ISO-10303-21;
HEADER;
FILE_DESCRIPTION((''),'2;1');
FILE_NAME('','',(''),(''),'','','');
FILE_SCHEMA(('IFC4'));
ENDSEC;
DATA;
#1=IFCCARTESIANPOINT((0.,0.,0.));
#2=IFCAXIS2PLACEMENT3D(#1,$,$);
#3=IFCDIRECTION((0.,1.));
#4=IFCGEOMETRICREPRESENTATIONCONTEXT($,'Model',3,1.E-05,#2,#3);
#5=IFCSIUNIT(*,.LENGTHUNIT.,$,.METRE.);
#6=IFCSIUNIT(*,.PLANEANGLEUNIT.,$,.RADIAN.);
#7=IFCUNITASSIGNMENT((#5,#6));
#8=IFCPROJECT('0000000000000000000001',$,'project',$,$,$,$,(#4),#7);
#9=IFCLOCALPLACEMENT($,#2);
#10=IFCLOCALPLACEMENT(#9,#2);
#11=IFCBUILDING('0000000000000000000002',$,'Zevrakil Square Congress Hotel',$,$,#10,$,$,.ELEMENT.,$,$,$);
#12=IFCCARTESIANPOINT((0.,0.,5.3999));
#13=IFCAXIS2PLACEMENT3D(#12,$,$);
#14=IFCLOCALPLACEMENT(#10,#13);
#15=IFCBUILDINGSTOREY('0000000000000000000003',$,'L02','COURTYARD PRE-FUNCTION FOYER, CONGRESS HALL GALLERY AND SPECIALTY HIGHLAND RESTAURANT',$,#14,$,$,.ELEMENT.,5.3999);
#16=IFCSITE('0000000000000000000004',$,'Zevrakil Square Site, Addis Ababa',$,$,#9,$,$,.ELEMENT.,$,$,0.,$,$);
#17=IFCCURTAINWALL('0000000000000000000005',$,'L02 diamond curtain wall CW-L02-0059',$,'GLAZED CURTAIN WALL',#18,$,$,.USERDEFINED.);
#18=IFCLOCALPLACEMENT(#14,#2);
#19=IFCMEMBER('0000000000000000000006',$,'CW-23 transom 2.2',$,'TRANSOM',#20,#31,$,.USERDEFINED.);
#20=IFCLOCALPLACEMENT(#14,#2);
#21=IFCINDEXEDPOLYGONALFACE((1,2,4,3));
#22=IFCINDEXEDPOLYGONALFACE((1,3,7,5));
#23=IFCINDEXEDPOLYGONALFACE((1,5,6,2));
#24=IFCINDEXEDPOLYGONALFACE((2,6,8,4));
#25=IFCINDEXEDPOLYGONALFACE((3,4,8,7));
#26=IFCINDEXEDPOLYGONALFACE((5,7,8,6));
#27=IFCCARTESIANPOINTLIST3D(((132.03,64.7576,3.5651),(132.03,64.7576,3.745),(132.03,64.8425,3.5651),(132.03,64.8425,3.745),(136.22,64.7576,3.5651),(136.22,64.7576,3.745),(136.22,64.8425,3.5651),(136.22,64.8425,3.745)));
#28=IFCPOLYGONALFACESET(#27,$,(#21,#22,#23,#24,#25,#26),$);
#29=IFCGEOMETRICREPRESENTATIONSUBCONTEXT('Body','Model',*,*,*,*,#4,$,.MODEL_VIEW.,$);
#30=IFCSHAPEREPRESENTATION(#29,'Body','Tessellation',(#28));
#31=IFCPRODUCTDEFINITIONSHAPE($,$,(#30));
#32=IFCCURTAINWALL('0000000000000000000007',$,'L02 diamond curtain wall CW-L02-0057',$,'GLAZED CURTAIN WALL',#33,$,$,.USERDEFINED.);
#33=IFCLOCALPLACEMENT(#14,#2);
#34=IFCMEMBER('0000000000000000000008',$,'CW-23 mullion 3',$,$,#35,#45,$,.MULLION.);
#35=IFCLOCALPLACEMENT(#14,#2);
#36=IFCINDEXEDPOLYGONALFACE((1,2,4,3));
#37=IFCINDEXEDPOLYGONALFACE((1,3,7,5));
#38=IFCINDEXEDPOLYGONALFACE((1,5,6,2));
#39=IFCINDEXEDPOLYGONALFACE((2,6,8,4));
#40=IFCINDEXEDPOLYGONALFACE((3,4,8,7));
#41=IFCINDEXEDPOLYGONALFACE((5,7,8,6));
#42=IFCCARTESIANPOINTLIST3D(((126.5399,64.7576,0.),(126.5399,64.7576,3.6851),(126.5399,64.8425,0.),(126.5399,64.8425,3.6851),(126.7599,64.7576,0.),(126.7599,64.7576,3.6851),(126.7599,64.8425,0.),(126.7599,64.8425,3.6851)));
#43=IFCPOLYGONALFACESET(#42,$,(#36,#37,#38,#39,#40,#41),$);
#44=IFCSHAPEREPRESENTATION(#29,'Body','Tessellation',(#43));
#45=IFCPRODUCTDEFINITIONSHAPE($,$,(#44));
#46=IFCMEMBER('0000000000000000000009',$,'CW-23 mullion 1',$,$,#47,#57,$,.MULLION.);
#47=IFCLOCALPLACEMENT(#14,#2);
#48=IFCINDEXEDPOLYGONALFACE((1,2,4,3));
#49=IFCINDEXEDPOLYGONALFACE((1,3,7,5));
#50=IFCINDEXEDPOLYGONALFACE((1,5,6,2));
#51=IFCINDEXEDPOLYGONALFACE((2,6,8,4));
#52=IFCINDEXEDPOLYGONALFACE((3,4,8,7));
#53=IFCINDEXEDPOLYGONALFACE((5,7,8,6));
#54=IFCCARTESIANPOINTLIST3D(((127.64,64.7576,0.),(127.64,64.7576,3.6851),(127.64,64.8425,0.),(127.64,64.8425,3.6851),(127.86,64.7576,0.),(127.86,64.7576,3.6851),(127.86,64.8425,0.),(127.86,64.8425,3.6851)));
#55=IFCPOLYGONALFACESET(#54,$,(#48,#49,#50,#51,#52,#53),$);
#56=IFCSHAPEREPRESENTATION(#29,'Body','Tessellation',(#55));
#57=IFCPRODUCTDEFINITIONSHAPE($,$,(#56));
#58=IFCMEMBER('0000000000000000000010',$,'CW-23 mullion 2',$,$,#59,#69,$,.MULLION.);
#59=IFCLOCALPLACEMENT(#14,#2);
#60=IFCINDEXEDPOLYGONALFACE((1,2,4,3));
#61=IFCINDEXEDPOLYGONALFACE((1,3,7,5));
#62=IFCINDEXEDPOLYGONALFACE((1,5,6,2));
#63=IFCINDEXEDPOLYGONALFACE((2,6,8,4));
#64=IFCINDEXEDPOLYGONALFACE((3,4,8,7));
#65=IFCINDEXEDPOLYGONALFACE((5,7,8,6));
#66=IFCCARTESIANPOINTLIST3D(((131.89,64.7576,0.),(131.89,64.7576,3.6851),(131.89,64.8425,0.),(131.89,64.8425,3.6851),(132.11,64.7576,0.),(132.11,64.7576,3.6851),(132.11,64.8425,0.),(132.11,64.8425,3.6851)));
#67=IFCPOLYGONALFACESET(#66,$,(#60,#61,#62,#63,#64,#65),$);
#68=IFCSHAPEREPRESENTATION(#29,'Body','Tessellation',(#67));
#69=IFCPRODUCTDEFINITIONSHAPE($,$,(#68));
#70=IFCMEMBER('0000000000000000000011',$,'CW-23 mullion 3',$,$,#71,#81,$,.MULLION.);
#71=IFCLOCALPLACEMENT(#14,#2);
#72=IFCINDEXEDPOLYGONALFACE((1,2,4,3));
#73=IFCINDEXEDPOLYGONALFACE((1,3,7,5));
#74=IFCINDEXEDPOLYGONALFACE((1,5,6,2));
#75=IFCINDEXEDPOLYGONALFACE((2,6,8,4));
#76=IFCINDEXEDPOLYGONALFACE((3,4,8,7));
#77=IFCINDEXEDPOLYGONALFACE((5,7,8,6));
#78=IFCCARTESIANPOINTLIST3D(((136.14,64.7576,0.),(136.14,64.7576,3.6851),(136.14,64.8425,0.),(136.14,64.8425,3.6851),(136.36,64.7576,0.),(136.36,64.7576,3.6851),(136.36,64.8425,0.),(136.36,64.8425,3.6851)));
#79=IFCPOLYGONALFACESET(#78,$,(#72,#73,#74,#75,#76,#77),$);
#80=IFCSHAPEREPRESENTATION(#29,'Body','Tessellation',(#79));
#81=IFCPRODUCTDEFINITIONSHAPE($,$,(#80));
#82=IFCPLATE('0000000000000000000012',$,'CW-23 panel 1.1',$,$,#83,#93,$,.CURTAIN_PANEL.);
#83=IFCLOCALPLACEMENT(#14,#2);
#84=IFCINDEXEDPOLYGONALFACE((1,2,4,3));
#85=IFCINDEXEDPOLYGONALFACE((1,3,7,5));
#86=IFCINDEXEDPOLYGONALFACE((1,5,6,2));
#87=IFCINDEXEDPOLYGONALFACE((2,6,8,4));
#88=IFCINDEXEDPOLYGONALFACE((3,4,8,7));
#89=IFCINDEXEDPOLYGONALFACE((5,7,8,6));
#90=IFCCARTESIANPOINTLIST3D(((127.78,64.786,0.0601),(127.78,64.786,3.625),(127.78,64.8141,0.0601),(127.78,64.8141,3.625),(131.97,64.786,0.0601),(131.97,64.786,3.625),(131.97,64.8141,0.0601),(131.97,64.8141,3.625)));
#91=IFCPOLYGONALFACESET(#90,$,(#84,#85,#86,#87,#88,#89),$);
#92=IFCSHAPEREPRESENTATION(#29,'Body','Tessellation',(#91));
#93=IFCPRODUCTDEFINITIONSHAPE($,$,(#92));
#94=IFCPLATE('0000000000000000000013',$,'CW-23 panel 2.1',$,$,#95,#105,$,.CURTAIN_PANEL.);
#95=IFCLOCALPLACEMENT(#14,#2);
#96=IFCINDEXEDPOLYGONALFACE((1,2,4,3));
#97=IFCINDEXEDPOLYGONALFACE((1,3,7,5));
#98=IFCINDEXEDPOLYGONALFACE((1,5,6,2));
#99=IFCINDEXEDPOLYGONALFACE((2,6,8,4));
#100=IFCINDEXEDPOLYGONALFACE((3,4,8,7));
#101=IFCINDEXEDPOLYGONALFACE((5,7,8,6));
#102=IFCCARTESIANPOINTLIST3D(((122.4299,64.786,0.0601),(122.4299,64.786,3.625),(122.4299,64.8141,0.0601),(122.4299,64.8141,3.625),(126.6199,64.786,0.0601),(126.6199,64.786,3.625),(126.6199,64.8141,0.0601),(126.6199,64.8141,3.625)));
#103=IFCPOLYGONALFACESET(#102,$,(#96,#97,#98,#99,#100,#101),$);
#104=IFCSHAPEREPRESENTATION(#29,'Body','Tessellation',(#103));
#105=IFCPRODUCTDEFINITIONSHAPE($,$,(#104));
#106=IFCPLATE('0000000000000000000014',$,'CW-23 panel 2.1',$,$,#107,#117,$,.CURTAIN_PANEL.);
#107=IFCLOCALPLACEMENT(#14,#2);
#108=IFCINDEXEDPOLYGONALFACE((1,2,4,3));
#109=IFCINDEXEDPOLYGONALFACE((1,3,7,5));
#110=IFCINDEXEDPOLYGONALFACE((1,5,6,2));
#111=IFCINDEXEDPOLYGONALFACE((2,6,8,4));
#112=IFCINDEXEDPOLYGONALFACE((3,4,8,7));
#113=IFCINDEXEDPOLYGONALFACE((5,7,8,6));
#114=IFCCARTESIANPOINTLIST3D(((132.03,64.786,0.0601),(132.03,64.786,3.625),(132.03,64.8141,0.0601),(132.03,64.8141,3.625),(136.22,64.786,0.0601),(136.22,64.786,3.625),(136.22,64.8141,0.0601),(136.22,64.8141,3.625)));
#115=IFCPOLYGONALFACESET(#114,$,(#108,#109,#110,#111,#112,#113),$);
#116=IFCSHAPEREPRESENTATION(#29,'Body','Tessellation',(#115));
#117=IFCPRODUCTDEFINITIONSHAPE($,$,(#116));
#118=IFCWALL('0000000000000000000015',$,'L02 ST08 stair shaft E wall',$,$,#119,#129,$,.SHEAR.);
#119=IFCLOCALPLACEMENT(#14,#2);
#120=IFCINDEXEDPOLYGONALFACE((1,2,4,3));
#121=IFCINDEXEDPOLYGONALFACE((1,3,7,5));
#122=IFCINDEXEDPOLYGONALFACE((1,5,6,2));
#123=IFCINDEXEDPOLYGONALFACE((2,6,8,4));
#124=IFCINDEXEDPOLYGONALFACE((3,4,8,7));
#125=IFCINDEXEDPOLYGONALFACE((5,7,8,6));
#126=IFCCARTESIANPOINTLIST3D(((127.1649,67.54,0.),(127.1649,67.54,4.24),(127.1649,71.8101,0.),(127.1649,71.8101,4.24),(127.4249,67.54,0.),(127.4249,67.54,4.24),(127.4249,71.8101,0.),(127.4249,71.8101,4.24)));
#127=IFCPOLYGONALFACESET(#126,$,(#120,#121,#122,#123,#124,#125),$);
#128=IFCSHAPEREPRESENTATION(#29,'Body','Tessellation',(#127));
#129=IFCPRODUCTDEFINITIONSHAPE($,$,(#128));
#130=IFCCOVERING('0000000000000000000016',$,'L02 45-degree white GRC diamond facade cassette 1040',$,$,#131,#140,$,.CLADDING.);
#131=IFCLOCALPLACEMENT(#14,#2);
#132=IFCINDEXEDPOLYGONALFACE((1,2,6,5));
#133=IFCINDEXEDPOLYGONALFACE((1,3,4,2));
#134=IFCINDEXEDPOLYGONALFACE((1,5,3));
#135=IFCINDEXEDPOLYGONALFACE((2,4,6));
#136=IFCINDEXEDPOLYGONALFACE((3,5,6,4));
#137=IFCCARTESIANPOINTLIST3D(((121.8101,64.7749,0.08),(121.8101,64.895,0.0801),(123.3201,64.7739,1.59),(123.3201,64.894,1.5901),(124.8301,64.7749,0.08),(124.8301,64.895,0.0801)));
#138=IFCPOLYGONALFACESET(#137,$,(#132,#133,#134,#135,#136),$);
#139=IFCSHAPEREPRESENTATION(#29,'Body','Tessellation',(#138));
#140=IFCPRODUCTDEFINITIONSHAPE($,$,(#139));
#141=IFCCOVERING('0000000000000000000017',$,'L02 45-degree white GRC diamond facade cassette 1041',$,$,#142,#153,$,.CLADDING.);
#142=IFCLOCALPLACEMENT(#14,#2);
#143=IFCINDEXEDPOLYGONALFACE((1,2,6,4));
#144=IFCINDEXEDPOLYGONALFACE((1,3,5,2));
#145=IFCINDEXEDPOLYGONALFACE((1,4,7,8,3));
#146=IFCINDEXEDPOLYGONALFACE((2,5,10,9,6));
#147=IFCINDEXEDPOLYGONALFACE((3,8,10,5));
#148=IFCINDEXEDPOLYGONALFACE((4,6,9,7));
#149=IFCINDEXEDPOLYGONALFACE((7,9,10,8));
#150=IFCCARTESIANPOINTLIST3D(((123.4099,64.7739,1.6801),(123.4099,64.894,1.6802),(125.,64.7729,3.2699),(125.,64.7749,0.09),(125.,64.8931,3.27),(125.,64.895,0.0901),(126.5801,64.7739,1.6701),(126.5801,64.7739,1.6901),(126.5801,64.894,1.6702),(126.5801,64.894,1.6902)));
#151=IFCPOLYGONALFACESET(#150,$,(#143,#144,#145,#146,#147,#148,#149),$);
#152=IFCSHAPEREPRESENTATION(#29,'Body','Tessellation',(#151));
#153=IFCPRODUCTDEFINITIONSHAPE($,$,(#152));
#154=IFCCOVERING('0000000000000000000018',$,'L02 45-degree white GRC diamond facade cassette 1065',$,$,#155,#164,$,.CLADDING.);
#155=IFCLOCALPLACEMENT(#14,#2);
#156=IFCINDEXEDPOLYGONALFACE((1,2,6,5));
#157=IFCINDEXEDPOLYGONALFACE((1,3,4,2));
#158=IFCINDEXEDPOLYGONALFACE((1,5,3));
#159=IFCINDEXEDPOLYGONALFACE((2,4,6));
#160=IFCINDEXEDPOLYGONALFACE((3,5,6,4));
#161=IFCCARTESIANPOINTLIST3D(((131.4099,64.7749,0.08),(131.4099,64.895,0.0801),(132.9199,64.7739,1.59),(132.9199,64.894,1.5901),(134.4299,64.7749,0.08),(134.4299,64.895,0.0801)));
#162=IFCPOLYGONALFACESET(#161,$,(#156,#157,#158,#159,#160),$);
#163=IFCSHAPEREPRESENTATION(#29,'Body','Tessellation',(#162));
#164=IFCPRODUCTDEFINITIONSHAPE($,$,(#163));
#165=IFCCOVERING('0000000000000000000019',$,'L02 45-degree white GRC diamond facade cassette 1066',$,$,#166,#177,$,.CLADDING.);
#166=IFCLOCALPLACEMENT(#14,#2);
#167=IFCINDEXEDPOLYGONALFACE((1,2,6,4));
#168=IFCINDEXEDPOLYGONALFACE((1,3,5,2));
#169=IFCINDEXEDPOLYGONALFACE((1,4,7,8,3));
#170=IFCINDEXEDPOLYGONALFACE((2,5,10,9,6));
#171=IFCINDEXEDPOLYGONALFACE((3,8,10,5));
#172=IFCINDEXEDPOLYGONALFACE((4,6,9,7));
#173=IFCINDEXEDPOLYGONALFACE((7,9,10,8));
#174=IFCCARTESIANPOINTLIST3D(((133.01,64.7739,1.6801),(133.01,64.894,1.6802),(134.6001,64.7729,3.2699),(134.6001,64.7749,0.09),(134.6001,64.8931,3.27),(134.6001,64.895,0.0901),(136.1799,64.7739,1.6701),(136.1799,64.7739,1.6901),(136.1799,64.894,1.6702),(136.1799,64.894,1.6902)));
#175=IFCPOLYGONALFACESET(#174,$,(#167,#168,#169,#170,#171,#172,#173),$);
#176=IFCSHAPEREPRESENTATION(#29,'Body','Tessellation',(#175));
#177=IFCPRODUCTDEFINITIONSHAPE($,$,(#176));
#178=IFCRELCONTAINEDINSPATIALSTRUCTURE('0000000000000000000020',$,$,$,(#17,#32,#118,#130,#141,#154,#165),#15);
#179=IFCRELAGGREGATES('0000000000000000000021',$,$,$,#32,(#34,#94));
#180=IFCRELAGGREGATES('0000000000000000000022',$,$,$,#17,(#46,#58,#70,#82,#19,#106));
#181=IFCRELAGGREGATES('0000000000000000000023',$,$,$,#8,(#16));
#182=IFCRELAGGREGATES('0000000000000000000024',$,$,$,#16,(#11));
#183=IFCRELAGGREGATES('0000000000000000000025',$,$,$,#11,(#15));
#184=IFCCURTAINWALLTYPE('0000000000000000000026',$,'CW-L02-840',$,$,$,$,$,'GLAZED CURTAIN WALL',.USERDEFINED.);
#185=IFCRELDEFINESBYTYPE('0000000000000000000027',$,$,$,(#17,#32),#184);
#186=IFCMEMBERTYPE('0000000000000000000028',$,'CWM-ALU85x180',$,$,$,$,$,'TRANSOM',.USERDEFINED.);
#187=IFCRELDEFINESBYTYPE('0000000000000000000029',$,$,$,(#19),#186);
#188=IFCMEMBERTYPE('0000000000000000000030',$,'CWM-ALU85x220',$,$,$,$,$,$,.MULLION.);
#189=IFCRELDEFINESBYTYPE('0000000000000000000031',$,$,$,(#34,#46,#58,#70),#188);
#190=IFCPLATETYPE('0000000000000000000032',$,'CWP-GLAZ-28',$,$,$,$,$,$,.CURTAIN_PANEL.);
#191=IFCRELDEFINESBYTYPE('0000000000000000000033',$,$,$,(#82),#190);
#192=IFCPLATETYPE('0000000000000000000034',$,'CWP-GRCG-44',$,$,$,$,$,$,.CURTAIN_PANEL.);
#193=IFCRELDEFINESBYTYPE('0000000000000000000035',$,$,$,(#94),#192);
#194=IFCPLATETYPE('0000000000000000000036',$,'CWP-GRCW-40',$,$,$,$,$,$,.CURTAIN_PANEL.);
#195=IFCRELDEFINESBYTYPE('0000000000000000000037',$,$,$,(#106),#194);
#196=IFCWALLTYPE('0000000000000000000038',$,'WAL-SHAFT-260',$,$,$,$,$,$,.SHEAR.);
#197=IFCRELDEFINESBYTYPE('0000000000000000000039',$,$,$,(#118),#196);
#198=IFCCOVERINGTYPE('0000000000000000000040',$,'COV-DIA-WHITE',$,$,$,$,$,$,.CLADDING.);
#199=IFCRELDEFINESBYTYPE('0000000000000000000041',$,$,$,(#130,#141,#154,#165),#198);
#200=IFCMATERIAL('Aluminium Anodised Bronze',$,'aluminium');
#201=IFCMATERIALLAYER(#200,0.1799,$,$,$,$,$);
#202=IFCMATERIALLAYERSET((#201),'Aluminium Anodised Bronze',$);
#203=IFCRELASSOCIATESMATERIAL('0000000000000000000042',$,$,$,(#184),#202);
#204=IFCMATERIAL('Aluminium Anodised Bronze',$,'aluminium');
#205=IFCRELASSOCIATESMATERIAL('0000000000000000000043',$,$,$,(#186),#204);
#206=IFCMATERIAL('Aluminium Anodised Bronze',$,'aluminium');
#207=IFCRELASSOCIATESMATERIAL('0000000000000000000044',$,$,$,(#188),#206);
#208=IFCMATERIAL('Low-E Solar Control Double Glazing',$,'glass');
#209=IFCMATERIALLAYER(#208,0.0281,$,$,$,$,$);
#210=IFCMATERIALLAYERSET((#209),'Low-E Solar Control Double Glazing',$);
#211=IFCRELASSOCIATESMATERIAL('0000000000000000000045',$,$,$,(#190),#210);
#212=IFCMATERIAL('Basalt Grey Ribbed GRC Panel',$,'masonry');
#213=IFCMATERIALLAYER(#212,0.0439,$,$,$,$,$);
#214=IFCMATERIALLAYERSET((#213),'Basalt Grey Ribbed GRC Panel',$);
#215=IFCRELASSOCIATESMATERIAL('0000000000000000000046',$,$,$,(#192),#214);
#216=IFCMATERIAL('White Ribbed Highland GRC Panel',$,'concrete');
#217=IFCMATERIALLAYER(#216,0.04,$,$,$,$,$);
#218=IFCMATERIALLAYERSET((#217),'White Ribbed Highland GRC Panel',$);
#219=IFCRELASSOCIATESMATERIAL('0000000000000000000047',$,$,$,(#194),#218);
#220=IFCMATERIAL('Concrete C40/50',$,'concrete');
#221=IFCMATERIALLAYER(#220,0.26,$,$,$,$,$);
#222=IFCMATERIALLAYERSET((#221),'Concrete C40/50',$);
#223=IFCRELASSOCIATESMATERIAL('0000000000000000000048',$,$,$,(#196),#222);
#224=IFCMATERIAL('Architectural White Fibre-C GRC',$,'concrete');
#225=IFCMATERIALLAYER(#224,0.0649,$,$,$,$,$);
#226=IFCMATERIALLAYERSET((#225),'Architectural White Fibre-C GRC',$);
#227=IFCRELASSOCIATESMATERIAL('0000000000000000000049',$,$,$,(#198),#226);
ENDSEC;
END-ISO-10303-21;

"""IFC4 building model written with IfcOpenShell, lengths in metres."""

from ifc_helpers import new_model, si_unit, direction, frame, frame_2d, origin, origin_2d, place, context, subcontext, project, spatial, polyline, rectangle, outline, extrude, material, layer, layer_set, material_profile, profile_set, type_object, element, aggregate, save


model = new_model("IFC4")

# Units and contexts
model_context = context("Model", 3, precision=1e-05, world=origin(), true_north=direction((0.0, 1.0)))
body_context = subcontext(model_context, "Body", "Model", "MODEL_VIEW")
ifc_project = project(units=[si_unit("LENGTHUNIT", "METRE"), si_unit("PLANEANGLEUNIT", "RADIAN")], contexts=[model_context])

# Site, building, storey
site_placement = place(None, origin())
site = spatial("IfcSite", under=ifc_project, at=site_placement, Name="Zevrakil Square Site, Addis Ababa", CompositionType="ELEMENT", RefElevation=0.0)
building_placement = place(site_placement, origin())
building = spatial("IfcBuilding", under=site, at=building_placement, Name="Zevrakil Square Congress Hotel", CompositionType="ELEMENT")
storey_placement = place(building_placement, frame((0.0, 0.0, 5.3999)))
storey = spatial("IfcBuildingStorey", under=building, at=storey_placement, Name="L02", Description="COURTYARD PRE-FUNCTION FOYER, CONGRESS HALL GALLERY AND SPECIALTY HIGHLAND RESTAURANT", CompositionType="ELEMENT", Elevation=5.3999)

# Curtain wall, member
ifc_material_1 = material(Name="Aluminium Anodised Bronze", Category="aluminium")
ifc_layer_1 = layer(ifc_material_1, 0.1799)
ifc_layer_set_1 = layer_set([ifc_layer_1], Name="Aluminium Anodised Bronze")
curtain_wall_type = type_object("IfcCurtainWallType", Name="CW-L02-840", ElementType="GLAZED CURTAIN WALL", PredefinedType="USERDEFINED", material=ifc_layer_set_1)
curtain_wall_1_placement = place(storey_placement, origin())
curtain_wall_1 = element("IfcCurtainWall", 1, at=curtain_wall_1_placement, inside=storey, type_object=curtain_wall_type, Name="L02 diamond curtain wall CW-L02-0059", ObjectType="GLAZED CURTAIN WALL", PredefinedType="USERDEFINED")
ifc_material_2 = material(Name="Aluminium Anodised Bronze", Category="aluminium")
ifc_material_profile_1 = material_profile(ifc_material_2, rectangle(XDim=0.085, YDim=0.1799, at=origin_2d()), Name="ALU 85x180")
ifc_profile_set_1 = profile_set([ifc_material_profile_1], Name="Aluminium Anodised Bronze")
member_type_1 = type_object("IfcMemberType", Name="CWM-ALU85x180", ElementType="TRANSOM", PredefinedType="USERDEFINED", material=ifc_profile_set_1)
member_1_placement = place(storey_placement, frame((132.03, 64.8, 3.655), z_axis=(1.0, 0.0, 0.0), x_axis=(0.0, 1.0, 0.0)))
member_1 = element("IfcMember", 2, at=member_1_placement, type_object=member_type_1, Name="CW-23 transom 2.2", ObjectType="TRANSOM", PredefinedType="USERDEFINED", context=body_context, shape_type="SweptSolid", body=[
    extrude(rectangle(XDim=0.085, YDim=0.1799, at=origin_2d()), origin(), (0.0, 0.0, 1.0), 4.1899),
])

# Curtain wall, member
curtain_wall_2_placement = place(storey_placement, origin())
curtain_wall_2 = element("IfcCurtainWall", 3, at=curtain_wall_2_placement, inside=storey, type_object=curtain_wall_type, Name="L02 diamond curtain wall CW-L02-0057", ObjectType="GLAZED CURTAIN WALL", PredefinedType="USERDEFINED")
ifc_material_3 = material(Name="Aluminium Anodised Bronze", Category="aluminium")
ifc_material_profile_2 = material_profile(ifc_material_3, rectangle(XDim=0.085, YDim=0.22, at=origin_2d()), Name="ALU 85x220")
ifc_profile_set_2 = profile_set([ifc_material_profile_2], Name="Aluminium Anodised Bronze")
member_type_2 = type_object("IfcMemberType", Name="CWM-ALU85x220", PredefinedType="MULLION", material=ifc_profile_set_2)
member_2_placement = place(storey_placement, frame((126.6499, 64.8, 0.0), z_axis=(0.0, 0.0, 1.0), x_axis=(0.0, 1.0, 0.0)))
member_2 = element("IfcMember", 4, at=member_2_placement, type_object=member_type_2, Name="CW-23 mullion 3", PredefinedType="MULLION", context=body_context, shape_type="SweptSolid", body=[
    extrude(rectangle(XDim=0.085, YDim=0.22, at=origin_2d()), origin(), (0.0, 0.0, 1.0), 3.6851),
])

# Members
member_3_placement = place(storey_placement, frame((127.75, 64.8, 0.0), z_axis=(0.0, 0.0, 1.0), x_axis=(0.0, 1.0, 0.0)))
member_3 = element("IfcMember", 5, at=member_3_placement, type_object=member_type_2, Name="CW-23 mullion 1", PredefinedType="MULLION", context=body_context, shape_type="SweptSolid", body=[
    extrude(rectangle(XDim=0.085, YDim=0.22, at=origin_2d()), origin(), (0.0, 0.0, 1.0), 3.6851),
])
member_4_placement = place(storey_placement, frame((132.0, 64.8, 0.0), z_axis=(0.0, 0.0, 1.0), x_axis=(0.0, 1.0, 0.0)))
member_4 = element("IfcMember", 6, at=member_4_placement, type_object=member_type_2, Name="CW-23 mullion 2", PredefinedType="MULLION", context=body_context, shape_type="SweptSolid", body=[
    extrude(rectangle(XDim=0.085, YDim=0.22, at=origin_2d()), origin(), (0.0, 0.0, 1.0), 3.6851),
])
member_5_placement = place(storey_placement, frame((136.25, 64.8, 0.0), z_axis=(0.0, 0.0, 1.0), x_axis=(0.0, 1.0, 0.0)))
member_5 = element("IfcMember", 7, at=member_5_placement, type_object=member_type_2, Name="CW-23 mullion 3", PredefinedType="MULLION", context=body_context, shape_type="SweptSolid", body=[
    extrude(rectangle(XDim=0.085, YDim=0.22, at=origin_2d()), origin(), (0.0, 0.0, 1.0), 3.6851),
])

# Plates
ifc_material_4 = material(Name="Low-E Solar Control Double Glazing", Category="glass")
ifc_layer_2 = layer(ifc_material_4, 0.0281)
ifc_layer_set_2 = layer_set([ifc_layer_2], Name="Low-E Solar Control Double Glazing")
plate_type_1 = type_object("IfcPlateType", Name="CWP-GLAZ-28", PredefinedType="CURTAIN_PANEL", material=ifc_layer_set_2)
plate_1_placement = place(storey_placement, frame((129.875, 64.8, 0.0601), z_axis=(0.0, 0.0, 1.0), x_axis=(1.0, 0.0, 0.0)))
plate_1 = element("IfcPlate", 8, at=plate_1_placement, type_object=plate_type_1, Name="CW-23 panel 1.1", PredefinedType="CURTAIN_PANEL", context=body_context, shape_type="SweptSolid", body=[
    extrude(rectangle(XDim=4.1899, YDim=0.0281, at=origin_2d()), origin(), (0.0, 0.0, 1.0), 3.5649),
])
ifc_material_5 = material(Name="Basalt Grey Ribbed GRC Panel", Category="masonry")
ifc_layer_3 = layer(ifc_material_5, 0.0439)
ifc_layer_set_3 = layer_set([ifc_layer_3], Name="Basalt Grey Ribbed GRC Panel")
plate_type_2 = type_object("IfcPlateType", Name="CWP-GRCG-44", PredefinedType="CURTAIN_PANEL", material=ifc_layer_set_3)
plate_2_placement = place(storey_placement, frame((124.5249, 64.8, 0.0601), z_axis=(0.0, 0.0, 1.0), x_axis=(1.0, 0.0, 0.0)))
plate_2 = element("IfcPlate", 9, at=plate_2_placement, type_object=plate_type_2, Name="CW-23 panel 2.1", PredefinedType="CURTAIN_PANEL", context=body_context, shape_type="SweptSolid", body=[
    extrude(rectangle(XDim=4.1899, YDim=0.0281, at=origin_2d()), origin(), (0.0, 0.0, 1.0), 3.5649),
])
aggregate(curtain_wall_2, [member_2, plate_2])
ifc_material_6 = material(Name="White Ribbed Highland GRC Panel", Category="concrete")
ifc_layer_4 = layer(ifc_material_6, 0.04)
ifc_layer_set_4 = layer_set([ifc_layer_4], Name="White Ribbed Highland GRC Panel")
plate_type_3 = type_object("IfcPlateType", Name="CWP-GRCW-40", PredefinedType="CURTAIN_PANEL", material=ifc_layer_set_4)
plate_3_placement = place(storey_placement, frame((134.125, 64.8, 0.0601), z_axis=(0.0, 0.0, 1.0), x_axis=(1.0, 0.0, 0.0)))
plate_3 = element("IfcPlate", 10, at=plate_3_placement, type_object=plate_type_3, Name="CW-23 panel 2.1", PredefinedType="CURTAIN_PANEL", context=body_context, shape_type="SweptSolid", body=[
    extrude(rectangle(XDim=4.1899, YDim=0.0281, at=origin_2d()), origin(), (0.0, 0.0, 1.0), 3.5649),
])
aggregate(curtain_wall_1, [member_3, member_4, member_5, plate_1, member_1, plate_3])

# Wall
ifc_material_7 = material(Name="Concrete C40/50", Category="concrete")
ifc_layer_5 = layer(ifc_material_7, 0.26)
ifc_layer_set_5 = layer_set([ifc_layer_5], Name="Concrete C40/50")
wall_type = type_object("IfcWallType", Name="WAL-SHAFT-260", PredefinedType="SHEAR", material=ifc_layer_set_5)
wall_placement = place(storey_placement, frame((127.2949, 67.54, 0.0), z_axis=(0.0, 0.0, 1.0), x_axis=(0.0, 1.0, 0.0)))
element("IfcWall", 11, at=wall_placement, inside=storey, type_object=wall_type, Name="L02 ST08 stair shaft E wall", PredefinedType="SHEAR", context=body_context, shape_type="SweptSolid", body=[
    extrude(rectangle(XDim=4.27, YDim=0.26, at=frame_2d((2.135, 0.0))), origin(), (0.0, 0.0, 1.0), 4.24),
])

# Coverings
ifc_material_8 = material(Name="Architectural White Fibre-C GRC", Category="concrete")
ifc_layer_6 = layer(ifc_material_8, 0.0649)
ifc_layer_set_6 = layer_set([ifc_layer_6], Name="Architectural White Fibre-C GRC")
covering_type_1 = type_object("IfcCoveringType", Name="COV-DIA-WHITE", PredefinedType="CLADDING", material=ifc_layer_set_6)
covering_1_placement = place(storey_placement, frame((123.3201, 64.894, 1.5901), z_axis=(0.0, 1.0, 0.000647), x_axis=(-0.707107, 0.000457, -0.707107)))
element("IfcCovering", 12, at=covering_1_placement, inside=storey, type_object=covering_type_1, Name="L02 45-degree white GRC diamond facade cassette 1040", PredefinedType="CLADDING", context=body_context, shape_type="SweptSolid", body=[
    extrude(outline(polyline([(0.0, 0.0), (2.1355, 0.0), (0.0, -2.1355), (0.0, 0.0)])), origin(), (0.0, 0.0, -1.0), 0.1201),
])
covering_2_placement = place(storey_placement, frame((125.0, 64.8931, 3.27), z_axis=(0.0, 1.0, 0.000612), x_axis=(-0.707161, 0.000433, -0.707052)))
element("IfcCovering", 13, at=covering_2_placement, inside=storey, type_object=covering_type_1, Name="L02 45-degree white GRC diamond facade cassette 1041", PredefinedType="CLADDING", context=body_context, shape_type="SweptSolid", body=[
    extrude(outline(polyline([(0.0, 0.0), (2.2486, 0.0), (2.2484, -2.2487), (0.0138, -2.2486), (-0.0003, -2.2344), (0.0, 0.0)])), origin(), (0.0, 0.0, -1.0), 0.1201),
])
covering_3_placement = place(storey_placement, frame((132.9199, 64.894, 1.5901), z_axis=(0.0, 1.0, 0.000647), x_axis=(-0.707107, 0.000457, -0.707107)))
element("IfcCovering", 14, at=covering_3_placement, inside=storey, type_object=covering_type_1, Name="L02 45-degree white GRC diamond facade cassette 1065", PredefinedType="CLADDING", context=body_context, shape_type="SweptSolid", body=[
    extrude(outline(polyline([(0.0, 0.0), (2.1355, 0.0), (0.0, -2.1355), (0.0, 0.0)])), origin(), (0.0, 0.0, -1.0), 0.1201),
])
covering_4_placement = place(storey_placement, frame((134.6001, 64.8931, 3.27), z_axis=(0.0, 1.0, 0.000612), x_axis=(-0.707161, 0.000433, -0.707052)))
element("IfcCovering", 15, at=covering_4_placement, inside=storey, type_object=covering_type_1, Name="L02 45-degree white GRC diamond facade cassette 1066", PredefinedType="CLADDING", context=body_context, shape_type="SweptSolid", body=[
    extrude(outline(polyline([(0.0, 0.0), (2.2486, 0.0), (2.2484, -2.2487), (0.014, -2.2484), (-0.0002, -2.2342), (0.0, 0.0)])), origin(), (0.0, 0.0, -1.0), 0.1201),
])

save(model, "model.ifc")
